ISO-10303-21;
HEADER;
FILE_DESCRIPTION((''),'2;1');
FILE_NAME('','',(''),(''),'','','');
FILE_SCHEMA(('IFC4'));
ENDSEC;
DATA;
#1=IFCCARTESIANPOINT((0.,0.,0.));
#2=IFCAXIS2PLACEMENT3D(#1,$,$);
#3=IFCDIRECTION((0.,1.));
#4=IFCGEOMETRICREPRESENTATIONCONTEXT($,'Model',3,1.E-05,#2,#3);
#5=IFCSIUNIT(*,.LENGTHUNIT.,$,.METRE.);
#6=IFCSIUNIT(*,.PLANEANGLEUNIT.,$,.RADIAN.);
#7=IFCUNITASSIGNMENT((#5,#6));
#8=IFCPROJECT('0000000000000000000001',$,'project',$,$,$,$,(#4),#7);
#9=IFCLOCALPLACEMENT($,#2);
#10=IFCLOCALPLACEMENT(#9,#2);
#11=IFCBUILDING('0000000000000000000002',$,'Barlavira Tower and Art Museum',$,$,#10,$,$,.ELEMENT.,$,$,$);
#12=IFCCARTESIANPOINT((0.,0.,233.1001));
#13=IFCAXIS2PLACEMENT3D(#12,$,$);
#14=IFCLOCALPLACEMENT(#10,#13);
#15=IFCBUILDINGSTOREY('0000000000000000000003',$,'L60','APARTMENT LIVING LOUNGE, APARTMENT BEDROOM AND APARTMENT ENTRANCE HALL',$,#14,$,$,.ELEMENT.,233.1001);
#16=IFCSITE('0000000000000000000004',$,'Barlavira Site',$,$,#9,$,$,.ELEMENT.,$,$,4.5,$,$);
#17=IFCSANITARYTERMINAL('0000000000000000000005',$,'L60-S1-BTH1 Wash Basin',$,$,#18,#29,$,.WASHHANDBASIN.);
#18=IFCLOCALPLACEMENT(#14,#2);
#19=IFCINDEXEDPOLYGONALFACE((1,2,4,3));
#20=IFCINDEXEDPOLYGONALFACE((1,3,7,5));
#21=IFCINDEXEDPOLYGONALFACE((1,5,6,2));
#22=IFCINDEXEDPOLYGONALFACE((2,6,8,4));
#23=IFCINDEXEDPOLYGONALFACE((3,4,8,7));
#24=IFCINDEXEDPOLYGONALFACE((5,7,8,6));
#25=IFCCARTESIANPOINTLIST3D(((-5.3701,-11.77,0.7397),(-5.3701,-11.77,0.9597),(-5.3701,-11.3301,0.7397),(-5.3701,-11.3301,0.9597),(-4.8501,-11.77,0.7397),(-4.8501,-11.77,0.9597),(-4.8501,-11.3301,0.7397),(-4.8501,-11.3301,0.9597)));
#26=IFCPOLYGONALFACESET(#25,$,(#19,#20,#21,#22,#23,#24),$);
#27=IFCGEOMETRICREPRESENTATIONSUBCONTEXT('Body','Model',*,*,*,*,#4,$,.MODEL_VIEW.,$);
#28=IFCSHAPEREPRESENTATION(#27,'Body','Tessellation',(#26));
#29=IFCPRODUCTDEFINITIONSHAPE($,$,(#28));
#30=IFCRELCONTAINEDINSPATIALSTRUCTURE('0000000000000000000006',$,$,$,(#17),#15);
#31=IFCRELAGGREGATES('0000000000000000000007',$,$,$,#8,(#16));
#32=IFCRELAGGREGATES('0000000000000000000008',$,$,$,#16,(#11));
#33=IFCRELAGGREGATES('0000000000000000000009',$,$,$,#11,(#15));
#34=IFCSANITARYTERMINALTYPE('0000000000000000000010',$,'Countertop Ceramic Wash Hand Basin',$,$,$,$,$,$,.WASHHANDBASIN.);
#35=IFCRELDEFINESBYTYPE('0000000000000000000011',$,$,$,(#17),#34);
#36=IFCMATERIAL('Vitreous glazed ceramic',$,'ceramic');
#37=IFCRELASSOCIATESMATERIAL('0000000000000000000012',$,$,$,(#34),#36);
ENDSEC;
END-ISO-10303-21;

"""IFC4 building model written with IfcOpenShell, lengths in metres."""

from ifc_helpers import new_model, si_unit, direction, frame, origin, origin_2d, place, context, subcontext, project, spatial, rectangle, extrude, material, type_object, element, save


model = new_model("IFC4")

# Units and contexts
model_context = context("Model", 3, precision=1e-05, world=origin(), true_north=direction((0.0, 1.0)))
body_context = subcontext(model_context, "Body", "Model", "MODEL_VIEW")
ifc_project = project(units=[si_unit("LENGTHUNIT", "METRE"), si_unit("PLANEANGLEUNIT", "RADIAN")], contexts=[model_context])

# Site, building, storey
site_placement = place(None, origin())
site = spatial("IfcSite", under=ifc_project, at=site_placement, Name="Barlavira Site", CompositionType="ELEMENT", RefElevation=4.5)
building_placement = place(site_placement, origin())
building = spatial("IfcBuilding", under=site, at=building_placement, Name="Barlavira Tower and Art Museum", CompositionType="ELEMENT")
storey_placement = place(building_placement, frame((0.0, 0.0, 233.1001)))
storey = spatial("IfcBuildingStorey", under=building, at=storey_placement, Name="L60", Description="APARTMENT LIVING LOUNGE, APARTMENT BEDROOM AND APARTMENT ENTRANCE HALL", CompositionType="ELEMENT", Elevation=233.1001)

# Sanitary terminal
ifc_material_1 = material(Name="Vitreous glazed ceramic", Category="ceramic")
sanitary_terminal_type = type_object("IfcSanitaryTerminalType", Name="Countertop Ceramic Wash Hand Basin", PredefinedType="WASHHANDBASIN", material=ifc_material_1)
sanitary_terminal_placement = place(storey_placement, frame((-5.1101, -11.55, 0.7397), z_axis=(0.0, 0.0, 1.0), x_axis=(1.0, 0.0, 0.0)))
element("IfcSanitaryTerminal", 1, at=sanitary_terminal_placement, inside=storey, type_object=sanitary_terminal_type, Name="L60-S1-BTH1 Wash Basin", PredefinedType="WASHHANDBASIN", context=body_context, shape_type="SweptSolid", body=[
    extrude(rectangle(XDim=0.52, YDim=0.4399, at=origin_2d()), origin(), (0.0, 0.0, 1.0), 0.22),
])

save(model, "model.ifc")
